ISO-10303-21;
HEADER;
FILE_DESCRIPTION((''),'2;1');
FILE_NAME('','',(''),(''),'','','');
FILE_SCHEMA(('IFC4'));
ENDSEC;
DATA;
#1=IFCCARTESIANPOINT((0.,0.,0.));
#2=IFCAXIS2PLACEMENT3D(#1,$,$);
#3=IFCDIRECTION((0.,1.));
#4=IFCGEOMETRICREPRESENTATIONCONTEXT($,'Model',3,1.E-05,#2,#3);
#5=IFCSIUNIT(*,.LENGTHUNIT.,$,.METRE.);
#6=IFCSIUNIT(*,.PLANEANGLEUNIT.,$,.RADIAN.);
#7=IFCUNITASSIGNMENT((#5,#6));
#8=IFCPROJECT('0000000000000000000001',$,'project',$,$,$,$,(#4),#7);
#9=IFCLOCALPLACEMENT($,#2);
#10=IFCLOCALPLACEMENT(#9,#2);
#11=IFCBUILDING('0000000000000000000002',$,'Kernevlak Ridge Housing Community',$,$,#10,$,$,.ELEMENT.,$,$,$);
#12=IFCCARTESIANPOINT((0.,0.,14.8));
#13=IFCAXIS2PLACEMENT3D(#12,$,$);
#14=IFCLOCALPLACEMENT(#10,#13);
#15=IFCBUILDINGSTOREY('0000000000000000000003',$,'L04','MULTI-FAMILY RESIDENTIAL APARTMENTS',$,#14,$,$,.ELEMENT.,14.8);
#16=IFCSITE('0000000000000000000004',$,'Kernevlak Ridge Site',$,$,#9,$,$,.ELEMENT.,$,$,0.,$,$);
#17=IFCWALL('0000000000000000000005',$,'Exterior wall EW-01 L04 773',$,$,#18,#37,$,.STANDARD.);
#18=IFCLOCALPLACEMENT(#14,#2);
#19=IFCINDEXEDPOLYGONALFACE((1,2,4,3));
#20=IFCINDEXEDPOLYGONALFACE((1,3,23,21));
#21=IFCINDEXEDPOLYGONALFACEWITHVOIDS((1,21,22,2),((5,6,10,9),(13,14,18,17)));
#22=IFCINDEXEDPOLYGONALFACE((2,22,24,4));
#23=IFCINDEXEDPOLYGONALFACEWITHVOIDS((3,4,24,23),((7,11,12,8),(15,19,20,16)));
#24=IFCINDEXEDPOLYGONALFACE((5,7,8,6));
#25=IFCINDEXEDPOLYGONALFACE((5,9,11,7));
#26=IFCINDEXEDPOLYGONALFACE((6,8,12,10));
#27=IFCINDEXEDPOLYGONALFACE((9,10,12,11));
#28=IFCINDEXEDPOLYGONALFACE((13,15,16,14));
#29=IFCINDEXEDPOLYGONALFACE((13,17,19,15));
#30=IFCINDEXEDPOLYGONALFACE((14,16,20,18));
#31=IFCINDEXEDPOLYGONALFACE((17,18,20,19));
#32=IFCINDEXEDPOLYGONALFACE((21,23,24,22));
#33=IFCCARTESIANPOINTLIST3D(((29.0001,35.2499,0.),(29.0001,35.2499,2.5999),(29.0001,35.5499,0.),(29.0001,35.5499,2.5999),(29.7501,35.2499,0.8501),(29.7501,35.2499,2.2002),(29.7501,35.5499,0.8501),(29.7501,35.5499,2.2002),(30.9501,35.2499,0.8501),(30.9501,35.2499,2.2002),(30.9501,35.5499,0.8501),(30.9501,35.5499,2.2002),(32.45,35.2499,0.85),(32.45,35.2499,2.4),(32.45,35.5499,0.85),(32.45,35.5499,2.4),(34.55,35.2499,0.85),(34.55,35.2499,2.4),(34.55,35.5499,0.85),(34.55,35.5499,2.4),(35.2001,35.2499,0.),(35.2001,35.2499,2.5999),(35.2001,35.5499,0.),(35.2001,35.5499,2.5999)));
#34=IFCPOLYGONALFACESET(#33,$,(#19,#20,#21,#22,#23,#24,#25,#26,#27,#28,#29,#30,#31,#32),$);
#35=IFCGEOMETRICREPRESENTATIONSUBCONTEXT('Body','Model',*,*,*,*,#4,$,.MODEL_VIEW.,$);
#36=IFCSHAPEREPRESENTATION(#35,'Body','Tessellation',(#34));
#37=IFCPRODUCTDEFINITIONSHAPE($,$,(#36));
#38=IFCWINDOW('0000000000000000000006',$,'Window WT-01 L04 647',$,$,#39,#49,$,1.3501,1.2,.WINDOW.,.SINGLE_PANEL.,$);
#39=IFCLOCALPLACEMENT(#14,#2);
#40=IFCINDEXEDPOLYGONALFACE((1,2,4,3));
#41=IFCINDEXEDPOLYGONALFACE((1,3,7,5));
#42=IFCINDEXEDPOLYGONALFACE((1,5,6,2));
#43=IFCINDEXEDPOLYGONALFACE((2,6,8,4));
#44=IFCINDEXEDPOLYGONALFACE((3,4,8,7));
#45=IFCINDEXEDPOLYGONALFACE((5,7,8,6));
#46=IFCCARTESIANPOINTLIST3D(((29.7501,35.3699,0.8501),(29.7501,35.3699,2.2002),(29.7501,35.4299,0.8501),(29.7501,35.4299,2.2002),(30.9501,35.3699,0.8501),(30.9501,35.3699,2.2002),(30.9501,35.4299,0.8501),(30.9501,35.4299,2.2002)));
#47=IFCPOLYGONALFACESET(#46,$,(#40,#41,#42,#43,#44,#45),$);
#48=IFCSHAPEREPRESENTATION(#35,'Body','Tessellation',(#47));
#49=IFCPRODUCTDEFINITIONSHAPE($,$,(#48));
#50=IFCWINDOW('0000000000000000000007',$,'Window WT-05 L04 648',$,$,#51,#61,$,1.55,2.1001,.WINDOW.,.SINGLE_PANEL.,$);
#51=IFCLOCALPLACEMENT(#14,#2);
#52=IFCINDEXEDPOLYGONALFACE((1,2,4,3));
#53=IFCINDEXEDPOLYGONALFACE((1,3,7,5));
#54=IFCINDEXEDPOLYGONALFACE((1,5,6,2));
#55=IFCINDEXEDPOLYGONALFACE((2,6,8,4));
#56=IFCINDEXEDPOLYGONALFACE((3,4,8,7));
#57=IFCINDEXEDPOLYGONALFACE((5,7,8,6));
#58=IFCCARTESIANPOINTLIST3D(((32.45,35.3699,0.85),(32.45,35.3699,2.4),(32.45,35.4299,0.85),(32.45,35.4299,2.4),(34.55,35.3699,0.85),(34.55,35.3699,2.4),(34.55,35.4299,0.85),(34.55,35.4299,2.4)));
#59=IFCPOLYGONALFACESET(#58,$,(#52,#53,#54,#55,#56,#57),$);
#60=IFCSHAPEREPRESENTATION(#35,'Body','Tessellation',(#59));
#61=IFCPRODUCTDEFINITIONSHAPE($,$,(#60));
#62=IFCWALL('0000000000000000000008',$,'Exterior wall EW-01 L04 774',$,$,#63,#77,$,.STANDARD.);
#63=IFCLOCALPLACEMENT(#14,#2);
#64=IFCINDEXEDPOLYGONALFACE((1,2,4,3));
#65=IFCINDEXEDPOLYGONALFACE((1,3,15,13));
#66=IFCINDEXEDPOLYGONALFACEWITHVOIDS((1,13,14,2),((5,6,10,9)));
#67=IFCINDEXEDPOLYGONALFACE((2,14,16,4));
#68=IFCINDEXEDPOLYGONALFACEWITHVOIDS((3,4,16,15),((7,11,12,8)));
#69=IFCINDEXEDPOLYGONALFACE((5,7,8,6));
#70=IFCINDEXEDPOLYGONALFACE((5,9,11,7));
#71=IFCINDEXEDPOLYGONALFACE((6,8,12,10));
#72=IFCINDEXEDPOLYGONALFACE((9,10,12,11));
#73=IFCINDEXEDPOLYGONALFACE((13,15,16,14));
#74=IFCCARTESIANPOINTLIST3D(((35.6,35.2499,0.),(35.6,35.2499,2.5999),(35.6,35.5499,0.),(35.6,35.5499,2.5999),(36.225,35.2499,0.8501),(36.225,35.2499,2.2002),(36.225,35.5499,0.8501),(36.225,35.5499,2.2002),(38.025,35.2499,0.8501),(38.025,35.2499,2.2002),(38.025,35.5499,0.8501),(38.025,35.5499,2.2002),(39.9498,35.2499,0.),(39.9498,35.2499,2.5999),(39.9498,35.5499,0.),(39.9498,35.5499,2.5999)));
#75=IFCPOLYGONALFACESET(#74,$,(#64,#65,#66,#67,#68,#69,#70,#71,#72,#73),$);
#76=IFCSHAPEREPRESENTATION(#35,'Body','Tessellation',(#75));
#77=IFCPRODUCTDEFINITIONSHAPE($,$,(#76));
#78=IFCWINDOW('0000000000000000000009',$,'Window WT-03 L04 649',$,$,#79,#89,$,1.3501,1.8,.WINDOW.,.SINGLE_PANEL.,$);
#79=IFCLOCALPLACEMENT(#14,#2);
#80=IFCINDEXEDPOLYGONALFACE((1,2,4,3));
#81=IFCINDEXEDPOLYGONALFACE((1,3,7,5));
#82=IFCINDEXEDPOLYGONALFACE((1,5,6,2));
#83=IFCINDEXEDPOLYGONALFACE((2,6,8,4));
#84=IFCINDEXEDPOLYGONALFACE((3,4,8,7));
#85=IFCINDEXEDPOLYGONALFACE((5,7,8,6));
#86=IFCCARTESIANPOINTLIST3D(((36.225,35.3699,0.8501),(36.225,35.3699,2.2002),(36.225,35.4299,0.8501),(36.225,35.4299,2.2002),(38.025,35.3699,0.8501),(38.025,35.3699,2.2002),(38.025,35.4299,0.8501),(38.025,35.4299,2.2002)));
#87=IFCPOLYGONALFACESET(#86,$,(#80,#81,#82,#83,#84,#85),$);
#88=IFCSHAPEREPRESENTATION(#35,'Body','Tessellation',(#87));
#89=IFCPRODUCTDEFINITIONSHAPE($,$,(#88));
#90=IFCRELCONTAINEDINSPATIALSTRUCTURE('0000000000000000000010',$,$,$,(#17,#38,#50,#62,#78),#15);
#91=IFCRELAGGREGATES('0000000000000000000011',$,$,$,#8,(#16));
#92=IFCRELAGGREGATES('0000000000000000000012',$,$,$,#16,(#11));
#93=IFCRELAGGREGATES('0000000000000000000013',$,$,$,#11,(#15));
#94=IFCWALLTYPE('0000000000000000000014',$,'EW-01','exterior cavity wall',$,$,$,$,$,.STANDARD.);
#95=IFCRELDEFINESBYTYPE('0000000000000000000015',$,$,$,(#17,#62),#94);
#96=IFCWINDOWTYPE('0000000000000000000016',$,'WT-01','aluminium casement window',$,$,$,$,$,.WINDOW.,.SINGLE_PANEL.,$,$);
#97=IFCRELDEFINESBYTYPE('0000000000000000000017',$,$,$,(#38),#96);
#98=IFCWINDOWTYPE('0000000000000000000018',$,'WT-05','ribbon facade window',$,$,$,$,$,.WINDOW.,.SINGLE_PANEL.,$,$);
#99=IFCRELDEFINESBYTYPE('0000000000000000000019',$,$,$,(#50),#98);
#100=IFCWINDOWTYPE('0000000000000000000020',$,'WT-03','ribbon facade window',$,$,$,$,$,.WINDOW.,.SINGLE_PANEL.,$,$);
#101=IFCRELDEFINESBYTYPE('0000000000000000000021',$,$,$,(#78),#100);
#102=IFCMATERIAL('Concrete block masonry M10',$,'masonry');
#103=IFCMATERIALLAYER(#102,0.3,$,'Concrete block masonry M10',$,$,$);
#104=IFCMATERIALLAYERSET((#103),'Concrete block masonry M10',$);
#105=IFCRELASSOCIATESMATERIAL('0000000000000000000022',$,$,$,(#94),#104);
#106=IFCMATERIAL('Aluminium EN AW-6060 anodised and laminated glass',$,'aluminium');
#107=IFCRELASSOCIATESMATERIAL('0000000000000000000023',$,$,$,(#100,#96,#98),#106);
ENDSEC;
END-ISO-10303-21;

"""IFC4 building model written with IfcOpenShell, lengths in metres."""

from ifc_helpers import new_model, si_unit, direction, frame, frame_2d, origin, place, context, subcontext, project, spatial, rectangle, extrude, material, layer, layer_set, type_object, element, fill, save


model = new_model("IFC4")

# Units and contexts
model_context = context("Model", 3, precision=1e-05, world=origin(), true_north=direction((0.0, 1.0)))
body_context = subcontext(model_context, "Body", "Model", "MODEL_VIEW")
ifc_project = project(units=[si_unit("LENGTHUNIT", "METRE"), si_unit("PLANEANGLEUNIT", "RADIAN")], contexts=[model_context])

# Site, building, storey
site_placement = place(None, origin())
site = spatial("IfcSite", under=ifc_project, at=site_placement, Name="Kernevlak Ridge Site", CompositionType="ELEMENT", RefElevation=0.0)
building_placement = place(site_placement, origin())
building = spatial("IfcBuilding", under=site, at=building_placement, Name="Kernevlak Ridge Housing Community", CompositionType="ELEMENT")
storey_placement = place(building_placement, frame((0.0, 0.0, 14.8)))
storey = spatial("IfcBuildingStorey", under=building, at=storey_placement, Name="L04", Description="MULTI-FAMILY RESIDENTIAL APARTMENTS", CompositionType="ELEMENT", Elevation=14.8)

# Wall, openings, windows
ifc_material_1 = material(Name="Concrete block masonry M10", Category="masonry")
ifc_layer = layer(ifc_material_1, 0.3, Name="Concrete block masonry M10")
ifc_layer_set = layer_set([ifc_layer], Name="Concrete block masonry M10")
wall_type = type_object("IfcWallType", Name="EW-01", Description="exterior cavity wall", PredefinedType="STANDARD", material=ifc_layer_set)
ifc_material_2 = material(Name="Aluminium EN AW-6060 anodised and laminated glass", Category="aluminium")
window_type_1 = type_object("IfcWindowType", Name="WT-03", Description="ribbon facade window", PartitioningType="SINGLE_PANEL", PredefinedType="WINDOW", material=ifc_material_2)
wall_1_placement = place(storey_placement, frame((29.0, 35.3999, 0.0), z_axis=(0.0, 0.0, 1.0), x_axis=(1.0, 0.0, 0.0)))
wall_1 = element("IfcWall", 1, at=wall_1_placement, inside=storey, type_object=wall_type, Name="Exterior wall EW-01 L04 773", PredefinedType="STANDARD", context=body_context, shape_type="SweptSolid", body=[
    extrude(rectangle(XDim=6.2, YDim=0.3, at=frame_2d((3.1001, 0.0))), origin(), (0.0, 0.0, 1.0), 2.5999),
])
opening_1_placement = place(wall_1_placement, frame((0.75, 0.0, 0.8501)))
opening_1 = element("IfcOpeningElement", 2, at=opening_1_placement, cuts=wall_1, PredefinedType="OPENING", context=body_context, shape_type="SweptSolid", body=[
    extrude(rectangle(XDim=1.2, YDim=1.3501, at=frame_2d((0.6001, 0.675))), frame((0.0, 0.1599, 0.0), z_axis=(0.0, -1.0, 0.0), x_axis=(1.0, 0.0, 0.0)), (0.0, 0.0, 1.0), 0.3201),
])
opening_2_placement = place(wall_1_placement, frame((3.45, 0.0, 0.8501)))
opening_2 = element("IfcOpeningElement", 3, at=opening_2_placement, cuts=wall_1, PredefinedType="OPENING", context=body_context, shape_type="SweptSolid", body=[
    extrude(rectangle(XDim=2.1001, YDim=1.55, at=frame_2d((1.05, 0.7749))), frame((0.0, 0.1599, 0.0), z_axis=(0.0, -1.0, 0.0), x_axis=(1.0, 0.0, 0.0)), (0.0, 0.0, 1.0), 0.3201),
])
window_type_2 = type_object("IfcWindowType", Name="WT-01", Description="aluminium casement window", PartitioningType="SINGLE_PANEL", PredefinedType="WINDOW", material=ifc_material_2)
window_1_placement = place(opening_1_placement, origin())
window_1 = element("IfcWindow", 4, at=window_1_placement, inside=storey, type_object=window_type_2, Name="Window WT-01 L04 647", OverallHeight=1.3501, OverallWidth=1.2, PartitioningType="SINGLE_PANEL", PredefinedType="WINDOW", context=body_context, shape_type="SweptSolid", body=[
    extrude(rectangle(XDim=1.2, YDim=1.3501, at=frame_2d((0.6001, 0.675))), frame((0.0, 0.03, 0.0), z_axis=(0.0, -1.0, 0.0), x_axis=(1.0, 0.0, 0.0)), (0.0, 0.0, 1.0), 0.0601),
])
fill(opening_1, window_1)
window_type_3 = type_object("IfcWindowType", Name="WT-05", Description="ribbon facade window", PartitioningType="SINGLE_PANEL", PredefinedType="WINDOW", material=ifc_material_2)
window_2_placement = place(opening_2_placement, origin())
window_2 = element("IfcWindow", 5, at=window_2_placement, inside=storey, type_object=window_type_3, Name="Window WT-05 L04 648", OverallHeight=1.55, OverallWidth=2.1001, PartitioningType="SINGLE_PANEL", PredefinedType="WINDOW", context=body_context, shape_type="SweptSolid", body=[
    extrude(rectangle(XDim=2.1001, YDim=1.55, at=frame_2d((1.05, 0.7749))), frame((0.0, 0.03, 0.0), z_axis=(0.0, -1.0, 0.0), x_axis=(1.0, 0.0, 0.0)), (0.0, 0.0, 1.0), 0.0601),
])
fill(opening_2, window_2)

# Wall, opening, window
wall_2_placement = place(storey_placement, frame((35.6001, 35.3999, 0.0), z_axis=(0.0, 0.0, 1.0), x_axis=(1.0, 0.0, 0.0)))
wall_2 = element("IfcWall", 6, at=wall_2_placement, inside=storey, type_object=wall_type, Name="Exterior wall EW-01 L04 774", PredefinedType="STANDARD", context=body_context, shape_type="SweptSolid", body=[
    extrude(rectangle(XDim=4.3499, YDim=0.3, at=frame_2d((2.1748, 0.0))), origin(), (0.0, 0.0, 1.0), 2.5999),
])
opening_3_placement = place(wall_2_placement, frame((0.625, 0.0, 0.8501)))
opening_3 = element("IfcOpeningElement", 7, at=opening_3_placement, cuts=wall_2, PredefinedType="OPENING", context=body_context, shape_type="SweptSolid", body=[
    extrude(rectangle(XDim=1.8, YDim=1.3501, at=frame_2d((0.8999, 0.675))), frame((0.0, 0.1599, 0.0), z_axis=(0.0, -1.0, 0.0), x_axis=(1.0, 0.0, 0.0)), (0.0, 0.0, 1.0), 0.3201),
])
window_3_placement = place(opening_3_placement, origin())
window_3 = element("IfcWindow", 8, at=window_3_placement, inside=storey, type_object=window_type_1, Name="Window WT-03 L04 649", OverallHeight=1.3501, OverallWidth=1.8, PartitioningType="SINGLE_PANEL", PredefinedType="WINDOW", context=body_context, shape_type="SweptSolid", body=[
    extrude(rectangle(XDim=1.8, YDim=1.3501, at=frame_2d((0.8999, 0.675))), frame((0.0, 0.03, 0.0), z_axis=(0.0, -1.0, 0.0), x_axis=(1.0, 0.0, 0.0)), (0.0, 0.0, 1.0), 0.0601),
])
fill(opening_3, window_3)

save(model, "model.ifc")
